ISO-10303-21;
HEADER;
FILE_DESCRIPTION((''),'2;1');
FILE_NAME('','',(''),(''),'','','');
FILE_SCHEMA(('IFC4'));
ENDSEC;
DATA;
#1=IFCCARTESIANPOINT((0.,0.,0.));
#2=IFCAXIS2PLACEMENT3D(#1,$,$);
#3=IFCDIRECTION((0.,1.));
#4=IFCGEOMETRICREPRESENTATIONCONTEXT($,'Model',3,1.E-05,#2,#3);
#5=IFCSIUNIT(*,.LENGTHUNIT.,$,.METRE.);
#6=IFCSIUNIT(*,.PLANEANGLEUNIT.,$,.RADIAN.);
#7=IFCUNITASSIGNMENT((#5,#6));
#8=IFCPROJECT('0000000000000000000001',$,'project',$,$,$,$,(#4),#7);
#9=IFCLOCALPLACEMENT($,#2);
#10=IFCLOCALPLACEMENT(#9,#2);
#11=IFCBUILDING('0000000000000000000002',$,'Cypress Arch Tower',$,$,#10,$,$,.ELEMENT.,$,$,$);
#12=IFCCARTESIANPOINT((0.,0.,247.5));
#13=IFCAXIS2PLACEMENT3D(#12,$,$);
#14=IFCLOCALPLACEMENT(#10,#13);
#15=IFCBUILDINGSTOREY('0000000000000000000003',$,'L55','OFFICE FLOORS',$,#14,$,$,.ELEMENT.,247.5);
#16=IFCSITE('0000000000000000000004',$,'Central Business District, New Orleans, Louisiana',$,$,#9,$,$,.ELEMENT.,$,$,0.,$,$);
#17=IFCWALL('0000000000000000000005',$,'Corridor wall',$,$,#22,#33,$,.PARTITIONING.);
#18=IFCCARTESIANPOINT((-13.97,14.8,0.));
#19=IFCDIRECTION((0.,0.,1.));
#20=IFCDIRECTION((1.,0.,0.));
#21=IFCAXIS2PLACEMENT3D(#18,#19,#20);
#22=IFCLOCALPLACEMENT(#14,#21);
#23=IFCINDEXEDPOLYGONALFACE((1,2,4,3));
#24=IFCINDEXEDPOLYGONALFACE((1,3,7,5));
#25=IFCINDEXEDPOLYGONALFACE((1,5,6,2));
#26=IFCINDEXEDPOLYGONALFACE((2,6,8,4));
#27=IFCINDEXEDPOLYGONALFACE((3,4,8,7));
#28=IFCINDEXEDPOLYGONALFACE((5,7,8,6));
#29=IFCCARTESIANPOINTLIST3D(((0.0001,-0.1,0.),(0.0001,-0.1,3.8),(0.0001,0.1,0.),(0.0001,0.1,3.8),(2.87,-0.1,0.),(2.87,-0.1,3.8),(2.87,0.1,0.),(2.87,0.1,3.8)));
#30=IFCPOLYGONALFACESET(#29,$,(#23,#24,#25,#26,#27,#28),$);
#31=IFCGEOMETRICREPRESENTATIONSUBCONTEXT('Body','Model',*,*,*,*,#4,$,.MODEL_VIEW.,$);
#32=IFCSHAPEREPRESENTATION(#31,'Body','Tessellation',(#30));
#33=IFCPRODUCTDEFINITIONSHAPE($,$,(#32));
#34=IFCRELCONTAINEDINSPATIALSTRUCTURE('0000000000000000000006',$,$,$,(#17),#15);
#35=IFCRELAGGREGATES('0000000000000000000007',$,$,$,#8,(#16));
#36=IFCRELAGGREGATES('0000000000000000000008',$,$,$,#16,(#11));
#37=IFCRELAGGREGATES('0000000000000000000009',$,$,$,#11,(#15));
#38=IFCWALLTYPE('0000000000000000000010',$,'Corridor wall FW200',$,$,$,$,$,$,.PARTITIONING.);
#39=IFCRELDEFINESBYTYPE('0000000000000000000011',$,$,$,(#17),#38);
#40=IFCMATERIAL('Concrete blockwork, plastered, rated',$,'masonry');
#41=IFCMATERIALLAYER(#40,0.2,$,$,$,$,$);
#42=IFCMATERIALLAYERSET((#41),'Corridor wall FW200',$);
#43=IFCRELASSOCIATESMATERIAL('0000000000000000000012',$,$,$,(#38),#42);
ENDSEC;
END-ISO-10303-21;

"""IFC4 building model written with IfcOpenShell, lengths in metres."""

from ifc_helpers import new_model, si_unit, direction, frame, frame_2d, origin, place, context, subcontext, project, spatial, rectangle, extrude, material, layer, layer_set, type_object, element, save


model = new_model("IFC4")

# Units and contexts
model_context = context("Model", 3, precision=1e-05, world=origin(), true_north=direction((0.0, 1.0)))
body_context = subcontext(model_context, "Body", "Model", "MODEL_VIEW")
ifc_project = project(units=[si_unit("LENGTHUNIT", "METRE"), si_unit("PLANEANGLEUNIT", "RADIAN")], contexts=[model_context])

# Site, building, storey
site_placement = place(None, origin())
site = spatial("IfcSite", under=ifc_project, at=site_placement, Name="Central Business District, New Orleans, Louisiana", CompositionType="ELEMENT", RefElevation=0.0)
building_placement = place(site_placement, origin())
building = spatial("IfcBuilding", under=site, at=building_placement, Name="Cypress Arch Tower", CompositionType="ELEMENT")
storey_placement = place(building_placement, frame((0.0, 0.0, 247.5)))
storey = spatial("IfcBuildingStorey", under=building, at=storey_placement, Name="L55", Description="OFFICE FLOORS", CompositionType="ELEMENT", Elevation=247.5)

# Wall
ifc_material_1 = material(Name="Concrete blockwork, plastered, rated", Category="masonry")
ifc_layer_1 = layer(ifc_material_1, 0.2)
ifc_layer_set_1 = layer_set([ifc_layer_1], Name="Corridor wall FW200")
wall_type_1 = type_object("IfcWallType", Name="Corridor wall FW200", PredefinedType="PARTITIONING", material=ifc_layer_set_1)
wall_1_placement = place(storey_placement, frame((-13.97, 14.8, 0.0), z_axis=(0.0, 0.0, 1.0), x_axis=(1.0, 0.0, 0.0)))
element("IfcWall", 1, at=wall_1_placement, inside=storey, type_object=wall_type_1, Name="Corridor wall", PredefinedType="PARTITIONING", context=body_context, shape_type="SweptSolid", body=[
    extrude(rectangle(XDim=2.8699, YDim=0.2, at=frame_2d((1.4351, 0.0))), origin(), (0.0, 0.0, 1.0), 3.8),
])

save(model, "model.ifc")
